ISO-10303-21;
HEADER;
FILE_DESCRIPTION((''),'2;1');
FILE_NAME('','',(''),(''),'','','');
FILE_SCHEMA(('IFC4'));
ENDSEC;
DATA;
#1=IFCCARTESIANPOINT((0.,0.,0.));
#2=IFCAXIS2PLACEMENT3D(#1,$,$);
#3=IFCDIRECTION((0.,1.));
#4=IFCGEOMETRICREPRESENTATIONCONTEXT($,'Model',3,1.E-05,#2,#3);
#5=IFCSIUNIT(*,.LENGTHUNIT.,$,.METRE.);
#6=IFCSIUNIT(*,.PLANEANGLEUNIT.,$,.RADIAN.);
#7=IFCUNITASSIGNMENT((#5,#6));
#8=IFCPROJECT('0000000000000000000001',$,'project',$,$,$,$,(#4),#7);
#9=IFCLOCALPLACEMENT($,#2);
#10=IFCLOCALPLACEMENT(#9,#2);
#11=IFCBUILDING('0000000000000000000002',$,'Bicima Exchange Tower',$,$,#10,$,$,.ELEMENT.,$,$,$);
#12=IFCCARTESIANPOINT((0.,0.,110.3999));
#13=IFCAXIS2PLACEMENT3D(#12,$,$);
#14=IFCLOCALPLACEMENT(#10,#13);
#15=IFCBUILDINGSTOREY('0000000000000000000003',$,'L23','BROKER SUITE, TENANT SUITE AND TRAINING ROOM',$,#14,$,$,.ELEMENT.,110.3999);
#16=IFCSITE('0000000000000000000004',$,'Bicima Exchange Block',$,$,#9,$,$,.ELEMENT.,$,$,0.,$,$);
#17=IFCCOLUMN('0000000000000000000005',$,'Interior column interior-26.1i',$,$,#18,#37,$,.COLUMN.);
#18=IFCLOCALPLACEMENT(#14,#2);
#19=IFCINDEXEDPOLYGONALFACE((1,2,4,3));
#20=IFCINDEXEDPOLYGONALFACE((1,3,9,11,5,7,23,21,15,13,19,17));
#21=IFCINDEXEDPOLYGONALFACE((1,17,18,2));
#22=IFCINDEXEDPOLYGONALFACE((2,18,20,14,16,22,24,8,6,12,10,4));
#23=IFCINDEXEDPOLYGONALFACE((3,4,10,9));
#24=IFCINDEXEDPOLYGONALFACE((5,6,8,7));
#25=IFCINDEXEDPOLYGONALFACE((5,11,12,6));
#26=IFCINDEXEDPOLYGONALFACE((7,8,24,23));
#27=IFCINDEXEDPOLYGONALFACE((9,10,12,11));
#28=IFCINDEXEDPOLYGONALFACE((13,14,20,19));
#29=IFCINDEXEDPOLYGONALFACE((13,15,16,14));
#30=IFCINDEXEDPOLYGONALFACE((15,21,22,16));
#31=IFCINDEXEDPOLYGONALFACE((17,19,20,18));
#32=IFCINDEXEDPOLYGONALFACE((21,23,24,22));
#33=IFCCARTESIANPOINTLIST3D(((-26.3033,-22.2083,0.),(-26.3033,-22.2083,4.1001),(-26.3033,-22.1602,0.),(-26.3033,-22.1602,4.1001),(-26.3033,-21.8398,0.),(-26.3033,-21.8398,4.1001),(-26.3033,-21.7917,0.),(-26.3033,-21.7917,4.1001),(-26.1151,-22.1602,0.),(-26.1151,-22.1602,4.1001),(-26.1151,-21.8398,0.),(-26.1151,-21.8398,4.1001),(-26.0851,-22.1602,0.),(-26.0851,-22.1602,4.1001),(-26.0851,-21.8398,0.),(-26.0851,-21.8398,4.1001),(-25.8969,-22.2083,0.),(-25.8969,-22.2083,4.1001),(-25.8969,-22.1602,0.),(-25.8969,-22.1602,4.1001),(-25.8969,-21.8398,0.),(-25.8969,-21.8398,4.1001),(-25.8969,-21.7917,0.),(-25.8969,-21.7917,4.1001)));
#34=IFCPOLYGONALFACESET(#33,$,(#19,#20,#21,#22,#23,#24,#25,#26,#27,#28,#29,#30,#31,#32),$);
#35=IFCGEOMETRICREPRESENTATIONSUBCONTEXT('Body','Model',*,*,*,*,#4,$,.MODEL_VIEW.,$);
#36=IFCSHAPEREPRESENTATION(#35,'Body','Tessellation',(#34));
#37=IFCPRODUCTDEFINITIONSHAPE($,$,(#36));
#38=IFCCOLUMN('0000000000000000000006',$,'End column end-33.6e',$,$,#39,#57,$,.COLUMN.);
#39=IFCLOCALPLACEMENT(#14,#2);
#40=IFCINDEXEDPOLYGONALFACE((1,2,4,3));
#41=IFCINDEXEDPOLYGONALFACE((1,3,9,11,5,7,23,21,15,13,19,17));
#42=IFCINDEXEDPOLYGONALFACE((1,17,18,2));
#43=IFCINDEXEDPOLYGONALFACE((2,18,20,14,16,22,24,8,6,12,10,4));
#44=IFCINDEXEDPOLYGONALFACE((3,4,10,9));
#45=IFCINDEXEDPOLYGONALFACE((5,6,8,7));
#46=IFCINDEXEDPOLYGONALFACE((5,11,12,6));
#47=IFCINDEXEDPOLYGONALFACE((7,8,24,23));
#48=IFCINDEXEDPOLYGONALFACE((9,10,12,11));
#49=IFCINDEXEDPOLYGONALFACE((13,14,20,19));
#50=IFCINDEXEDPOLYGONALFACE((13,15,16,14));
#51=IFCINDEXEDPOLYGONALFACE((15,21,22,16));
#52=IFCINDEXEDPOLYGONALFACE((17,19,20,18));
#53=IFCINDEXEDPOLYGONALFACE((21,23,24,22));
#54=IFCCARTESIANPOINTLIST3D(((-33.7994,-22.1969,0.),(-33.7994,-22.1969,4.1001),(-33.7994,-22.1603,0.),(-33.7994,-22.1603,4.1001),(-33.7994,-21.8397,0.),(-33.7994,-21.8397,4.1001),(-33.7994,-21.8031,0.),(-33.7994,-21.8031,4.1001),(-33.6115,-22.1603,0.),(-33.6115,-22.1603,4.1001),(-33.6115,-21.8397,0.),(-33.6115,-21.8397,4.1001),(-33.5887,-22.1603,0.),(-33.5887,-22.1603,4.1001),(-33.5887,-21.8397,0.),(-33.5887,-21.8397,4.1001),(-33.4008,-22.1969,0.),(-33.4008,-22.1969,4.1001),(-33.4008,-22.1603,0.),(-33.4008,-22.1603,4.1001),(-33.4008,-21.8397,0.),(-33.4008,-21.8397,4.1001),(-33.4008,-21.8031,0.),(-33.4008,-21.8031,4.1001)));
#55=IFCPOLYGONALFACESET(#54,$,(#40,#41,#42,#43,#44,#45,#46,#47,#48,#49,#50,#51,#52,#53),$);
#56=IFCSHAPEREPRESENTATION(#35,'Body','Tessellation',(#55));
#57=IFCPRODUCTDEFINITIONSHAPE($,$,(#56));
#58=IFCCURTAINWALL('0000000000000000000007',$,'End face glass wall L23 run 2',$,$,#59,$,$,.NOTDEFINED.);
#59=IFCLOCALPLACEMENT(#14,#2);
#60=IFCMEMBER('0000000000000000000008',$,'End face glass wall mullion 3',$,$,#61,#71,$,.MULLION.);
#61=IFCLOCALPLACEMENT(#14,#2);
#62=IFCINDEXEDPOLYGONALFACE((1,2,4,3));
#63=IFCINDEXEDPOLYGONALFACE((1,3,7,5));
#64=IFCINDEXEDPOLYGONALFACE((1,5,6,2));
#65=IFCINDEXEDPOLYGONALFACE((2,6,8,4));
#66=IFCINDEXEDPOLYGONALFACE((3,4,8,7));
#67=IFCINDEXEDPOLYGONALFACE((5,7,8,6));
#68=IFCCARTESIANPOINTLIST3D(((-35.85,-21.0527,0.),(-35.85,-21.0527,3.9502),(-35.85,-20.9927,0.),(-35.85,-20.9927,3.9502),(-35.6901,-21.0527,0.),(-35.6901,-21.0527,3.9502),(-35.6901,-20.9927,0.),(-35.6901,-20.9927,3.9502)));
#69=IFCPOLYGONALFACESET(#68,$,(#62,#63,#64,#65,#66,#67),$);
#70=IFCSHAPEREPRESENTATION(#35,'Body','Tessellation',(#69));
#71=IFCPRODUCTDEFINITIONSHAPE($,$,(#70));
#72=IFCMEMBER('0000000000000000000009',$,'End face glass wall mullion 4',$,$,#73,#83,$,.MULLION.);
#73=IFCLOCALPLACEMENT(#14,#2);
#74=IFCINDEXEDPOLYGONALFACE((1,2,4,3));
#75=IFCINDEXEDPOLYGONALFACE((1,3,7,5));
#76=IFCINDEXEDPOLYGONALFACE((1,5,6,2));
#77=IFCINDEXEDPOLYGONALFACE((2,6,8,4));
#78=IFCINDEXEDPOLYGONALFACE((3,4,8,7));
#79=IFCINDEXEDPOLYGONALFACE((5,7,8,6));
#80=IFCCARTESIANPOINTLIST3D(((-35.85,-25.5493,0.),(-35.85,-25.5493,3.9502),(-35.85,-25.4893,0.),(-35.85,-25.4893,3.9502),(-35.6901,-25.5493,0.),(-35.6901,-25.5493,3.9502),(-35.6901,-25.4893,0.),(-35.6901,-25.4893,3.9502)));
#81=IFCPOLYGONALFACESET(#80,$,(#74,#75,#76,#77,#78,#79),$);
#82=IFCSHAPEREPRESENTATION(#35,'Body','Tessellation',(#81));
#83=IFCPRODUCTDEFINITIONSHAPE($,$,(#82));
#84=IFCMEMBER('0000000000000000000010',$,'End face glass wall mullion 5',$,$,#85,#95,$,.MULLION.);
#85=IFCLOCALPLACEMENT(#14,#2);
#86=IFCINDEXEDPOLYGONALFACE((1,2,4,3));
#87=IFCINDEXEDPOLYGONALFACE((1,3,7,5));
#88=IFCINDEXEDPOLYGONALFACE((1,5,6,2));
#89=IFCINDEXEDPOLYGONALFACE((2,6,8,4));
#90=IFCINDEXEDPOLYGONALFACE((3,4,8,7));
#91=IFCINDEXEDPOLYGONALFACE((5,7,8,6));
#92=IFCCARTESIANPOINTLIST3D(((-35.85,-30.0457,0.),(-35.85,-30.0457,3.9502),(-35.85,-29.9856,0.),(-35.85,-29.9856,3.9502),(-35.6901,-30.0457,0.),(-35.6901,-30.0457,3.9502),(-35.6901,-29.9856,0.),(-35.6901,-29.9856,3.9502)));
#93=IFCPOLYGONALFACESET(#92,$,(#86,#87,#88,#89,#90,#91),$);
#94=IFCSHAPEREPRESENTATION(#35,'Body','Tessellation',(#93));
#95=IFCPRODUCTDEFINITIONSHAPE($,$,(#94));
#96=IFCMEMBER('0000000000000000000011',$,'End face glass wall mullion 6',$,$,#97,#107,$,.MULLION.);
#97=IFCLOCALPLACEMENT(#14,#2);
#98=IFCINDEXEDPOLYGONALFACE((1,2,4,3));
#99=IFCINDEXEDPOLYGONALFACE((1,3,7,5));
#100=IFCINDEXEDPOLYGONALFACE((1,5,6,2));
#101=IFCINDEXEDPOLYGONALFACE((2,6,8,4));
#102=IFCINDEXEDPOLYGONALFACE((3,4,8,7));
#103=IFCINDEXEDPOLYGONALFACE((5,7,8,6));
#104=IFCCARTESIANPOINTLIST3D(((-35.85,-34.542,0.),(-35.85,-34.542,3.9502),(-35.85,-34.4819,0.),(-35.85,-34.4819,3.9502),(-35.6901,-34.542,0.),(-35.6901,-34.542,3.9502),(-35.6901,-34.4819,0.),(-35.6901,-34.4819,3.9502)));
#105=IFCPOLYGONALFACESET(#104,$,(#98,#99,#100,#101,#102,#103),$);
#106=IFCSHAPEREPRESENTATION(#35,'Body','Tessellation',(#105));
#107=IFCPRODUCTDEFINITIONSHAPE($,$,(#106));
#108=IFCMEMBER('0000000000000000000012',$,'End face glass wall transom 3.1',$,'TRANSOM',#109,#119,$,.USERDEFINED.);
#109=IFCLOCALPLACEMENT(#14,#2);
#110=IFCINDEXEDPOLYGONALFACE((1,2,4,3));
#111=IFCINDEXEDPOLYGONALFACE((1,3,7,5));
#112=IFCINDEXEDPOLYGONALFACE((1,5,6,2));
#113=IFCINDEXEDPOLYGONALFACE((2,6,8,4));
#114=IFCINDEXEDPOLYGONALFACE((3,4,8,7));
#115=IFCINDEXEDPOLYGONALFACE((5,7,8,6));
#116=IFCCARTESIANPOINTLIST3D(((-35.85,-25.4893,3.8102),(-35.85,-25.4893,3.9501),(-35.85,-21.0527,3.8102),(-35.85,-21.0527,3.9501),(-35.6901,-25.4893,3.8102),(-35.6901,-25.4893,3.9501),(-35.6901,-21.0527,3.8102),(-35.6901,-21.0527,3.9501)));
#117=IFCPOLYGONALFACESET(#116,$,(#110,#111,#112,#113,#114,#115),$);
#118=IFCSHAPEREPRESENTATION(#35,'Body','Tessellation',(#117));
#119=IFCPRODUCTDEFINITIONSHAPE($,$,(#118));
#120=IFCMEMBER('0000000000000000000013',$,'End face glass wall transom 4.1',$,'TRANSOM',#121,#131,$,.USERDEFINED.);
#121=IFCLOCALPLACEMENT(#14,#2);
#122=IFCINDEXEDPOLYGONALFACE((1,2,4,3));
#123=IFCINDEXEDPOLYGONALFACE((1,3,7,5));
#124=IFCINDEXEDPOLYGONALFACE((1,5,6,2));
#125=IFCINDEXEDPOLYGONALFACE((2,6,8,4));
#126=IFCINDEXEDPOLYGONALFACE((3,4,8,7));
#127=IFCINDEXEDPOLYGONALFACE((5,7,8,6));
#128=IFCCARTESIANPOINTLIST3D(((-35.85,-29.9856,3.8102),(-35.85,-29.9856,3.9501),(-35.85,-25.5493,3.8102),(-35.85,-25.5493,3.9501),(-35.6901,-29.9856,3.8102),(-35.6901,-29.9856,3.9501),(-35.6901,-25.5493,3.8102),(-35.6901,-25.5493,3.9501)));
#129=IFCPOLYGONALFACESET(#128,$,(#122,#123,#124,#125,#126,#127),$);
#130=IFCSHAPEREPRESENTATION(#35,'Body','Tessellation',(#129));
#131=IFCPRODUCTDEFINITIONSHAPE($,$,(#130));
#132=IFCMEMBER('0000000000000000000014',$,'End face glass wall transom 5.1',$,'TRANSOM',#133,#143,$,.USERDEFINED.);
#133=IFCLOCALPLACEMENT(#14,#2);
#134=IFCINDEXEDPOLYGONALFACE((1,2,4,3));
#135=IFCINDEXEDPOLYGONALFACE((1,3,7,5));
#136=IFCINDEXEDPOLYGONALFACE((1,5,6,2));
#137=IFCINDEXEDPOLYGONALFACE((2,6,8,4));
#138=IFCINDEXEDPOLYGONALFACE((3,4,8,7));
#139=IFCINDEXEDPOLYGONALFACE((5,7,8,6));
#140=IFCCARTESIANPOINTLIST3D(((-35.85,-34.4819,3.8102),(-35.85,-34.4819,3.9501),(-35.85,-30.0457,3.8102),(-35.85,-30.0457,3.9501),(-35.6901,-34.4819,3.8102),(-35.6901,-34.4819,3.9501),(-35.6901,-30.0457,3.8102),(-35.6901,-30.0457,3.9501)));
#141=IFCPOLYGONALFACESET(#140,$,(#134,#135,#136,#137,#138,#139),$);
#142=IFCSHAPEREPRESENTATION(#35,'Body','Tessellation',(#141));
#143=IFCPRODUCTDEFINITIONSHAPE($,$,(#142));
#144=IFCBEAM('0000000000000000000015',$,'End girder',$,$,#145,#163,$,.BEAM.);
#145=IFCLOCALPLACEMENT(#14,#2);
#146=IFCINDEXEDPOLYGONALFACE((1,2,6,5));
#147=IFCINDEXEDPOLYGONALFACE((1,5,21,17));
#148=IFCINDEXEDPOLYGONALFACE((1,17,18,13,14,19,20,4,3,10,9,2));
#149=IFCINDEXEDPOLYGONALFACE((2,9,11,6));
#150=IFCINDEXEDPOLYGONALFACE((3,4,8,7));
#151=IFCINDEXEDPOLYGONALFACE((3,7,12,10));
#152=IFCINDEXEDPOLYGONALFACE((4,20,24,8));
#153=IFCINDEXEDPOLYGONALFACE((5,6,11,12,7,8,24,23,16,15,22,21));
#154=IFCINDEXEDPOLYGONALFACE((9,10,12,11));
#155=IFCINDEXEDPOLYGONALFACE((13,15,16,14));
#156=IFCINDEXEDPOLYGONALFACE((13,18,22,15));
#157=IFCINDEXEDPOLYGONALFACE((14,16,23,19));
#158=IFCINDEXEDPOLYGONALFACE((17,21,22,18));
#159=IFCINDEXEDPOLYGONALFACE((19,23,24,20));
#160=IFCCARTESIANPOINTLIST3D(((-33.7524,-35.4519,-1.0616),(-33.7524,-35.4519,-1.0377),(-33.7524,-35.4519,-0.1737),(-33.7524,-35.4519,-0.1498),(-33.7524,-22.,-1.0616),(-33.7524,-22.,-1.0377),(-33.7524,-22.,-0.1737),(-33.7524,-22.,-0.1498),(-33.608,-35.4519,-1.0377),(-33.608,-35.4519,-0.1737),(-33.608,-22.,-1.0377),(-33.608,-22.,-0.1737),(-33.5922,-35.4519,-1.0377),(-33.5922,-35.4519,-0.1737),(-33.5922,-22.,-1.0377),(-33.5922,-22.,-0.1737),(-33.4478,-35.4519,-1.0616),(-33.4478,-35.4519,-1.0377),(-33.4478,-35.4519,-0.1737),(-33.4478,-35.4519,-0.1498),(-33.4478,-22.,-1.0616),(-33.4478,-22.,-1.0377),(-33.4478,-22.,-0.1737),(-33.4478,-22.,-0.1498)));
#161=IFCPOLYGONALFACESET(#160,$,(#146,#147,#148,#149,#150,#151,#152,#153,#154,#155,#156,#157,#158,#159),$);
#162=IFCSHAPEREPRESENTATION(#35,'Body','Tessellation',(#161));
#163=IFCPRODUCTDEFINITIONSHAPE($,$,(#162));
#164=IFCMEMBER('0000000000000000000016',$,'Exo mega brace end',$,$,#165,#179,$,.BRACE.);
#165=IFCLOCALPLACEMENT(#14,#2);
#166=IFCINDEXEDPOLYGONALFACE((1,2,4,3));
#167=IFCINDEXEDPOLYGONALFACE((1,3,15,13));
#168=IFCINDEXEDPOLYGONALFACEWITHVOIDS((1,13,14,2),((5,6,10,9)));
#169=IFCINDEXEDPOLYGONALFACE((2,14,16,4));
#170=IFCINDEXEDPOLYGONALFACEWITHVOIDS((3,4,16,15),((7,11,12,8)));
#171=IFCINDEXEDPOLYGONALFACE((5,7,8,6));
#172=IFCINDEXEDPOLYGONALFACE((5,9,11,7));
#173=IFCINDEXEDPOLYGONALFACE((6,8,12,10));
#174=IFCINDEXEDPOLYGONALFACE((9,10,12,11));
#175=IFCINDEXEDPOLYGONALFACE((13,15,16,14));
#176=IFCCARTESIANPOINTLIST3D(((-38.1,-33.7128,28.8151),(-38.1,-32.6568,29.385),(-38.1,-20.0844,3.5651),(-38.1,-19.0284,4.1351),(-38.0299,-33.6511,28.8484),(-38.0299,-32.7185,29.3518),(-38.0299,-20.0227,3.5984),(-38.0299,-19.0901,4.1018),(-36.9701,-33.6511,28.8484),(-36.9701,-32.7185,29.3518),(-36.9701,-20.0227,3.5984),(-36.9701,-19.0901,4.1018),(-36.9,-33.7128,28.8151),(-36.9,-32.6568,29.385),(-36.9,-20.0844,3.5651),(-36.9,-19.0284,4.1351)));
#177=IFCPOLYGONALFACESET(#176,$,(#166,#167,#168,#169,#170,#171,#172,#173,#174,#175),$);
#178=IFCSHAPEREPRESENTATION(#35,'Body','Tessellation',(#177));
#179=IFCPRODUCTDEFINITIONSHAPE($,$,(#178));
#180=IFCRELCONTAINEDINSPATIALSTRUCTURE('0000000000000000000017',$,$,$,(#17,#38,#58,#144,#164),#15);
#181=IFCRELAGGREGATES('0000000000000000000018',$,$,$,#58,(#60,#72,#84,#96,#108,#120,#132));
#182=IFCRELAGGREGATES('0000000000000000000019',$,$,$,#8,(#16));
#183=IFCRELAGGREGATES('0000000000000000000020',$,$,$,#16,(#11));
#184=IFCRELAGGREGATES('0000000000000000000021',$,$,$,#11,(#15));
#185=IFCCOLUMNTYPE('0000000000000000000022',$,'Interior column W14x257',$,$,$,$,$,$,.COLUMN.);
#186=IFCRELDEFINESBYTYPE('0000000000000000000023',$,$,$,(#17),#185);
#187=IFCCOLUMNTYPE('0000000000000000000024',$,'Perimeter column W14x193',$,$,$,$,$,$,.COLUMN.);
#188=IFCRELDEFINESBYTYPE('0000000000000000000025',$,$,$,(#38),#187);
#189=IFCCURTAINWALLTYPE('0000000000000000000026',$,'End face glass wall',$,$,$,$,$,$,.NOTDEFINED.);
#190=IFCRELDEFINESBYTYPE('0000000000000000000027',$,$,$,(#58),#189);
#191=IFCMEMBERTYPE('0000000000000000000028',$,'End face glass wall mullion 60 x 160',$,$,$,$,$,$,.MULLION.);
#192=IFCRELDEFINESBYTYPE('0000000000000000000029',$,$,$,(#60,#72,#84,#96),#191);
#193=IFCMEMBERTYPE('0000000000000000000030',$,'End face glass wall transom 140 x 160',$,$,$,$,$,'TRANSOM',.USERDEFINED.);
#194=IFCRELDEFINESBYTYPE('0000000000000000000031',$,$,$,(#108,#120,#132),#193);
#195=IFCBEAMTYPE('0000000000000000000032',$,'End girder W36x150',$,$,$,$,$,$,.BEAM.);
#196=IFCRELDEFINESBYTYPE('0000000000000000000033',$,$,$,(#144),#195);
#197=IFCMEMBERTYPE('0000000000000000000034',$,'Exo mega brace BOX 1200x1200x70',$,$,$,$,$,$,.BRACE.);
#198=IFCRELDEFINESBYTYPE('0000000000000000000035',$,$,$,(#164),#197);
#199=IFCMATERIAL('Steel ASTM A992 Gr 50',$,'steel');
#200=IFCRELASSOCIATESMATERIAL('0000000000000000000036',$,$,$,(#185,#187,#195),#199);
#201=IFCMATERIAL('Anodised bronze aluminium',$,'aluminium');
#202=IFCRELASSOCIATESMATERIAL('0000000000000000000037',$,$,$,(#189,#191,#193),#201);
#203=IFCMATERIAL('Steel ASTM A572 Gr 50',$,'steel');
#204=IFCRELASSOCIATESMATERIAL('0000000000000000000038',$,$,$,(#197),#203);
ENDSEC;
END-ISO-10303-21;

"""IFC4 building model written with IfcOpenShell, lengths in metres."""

from ifc_helpers import new_model, si_unit, direction, frame, origin, origin_2d, place, context, subcontext, project, spatial, rectangle, hollow_rectangle, i_section, extrude, material, material_profile, profile_set, type_object, element, aggregate, save


model = new_model("IFC4")

# Units and contexts
model_context = context("Model", 3, precision=1e-05, world=origin(), true_north=direction((0.0, 1.0)))
body_context = subcontext(model_context, "Body", "Model", "MODEL_VIEW")
ifc_project = project(units=[si_unit("LENGTHUNIT", "METRE"), si_unit("PLANEANGLEUNIT", "RADIAN")], contexts=[model_context])

# Site, building, storey
site_placement = place(None, origin())
site = spatial("IfcSite", under=ifc_project, at=site_placement, Name="Bicima Exchange Block", CompositionType="ELEMENT", RefElevation=0.0)
building_placement = place(site_placement, origin())
building = spatial("IfcBuilding", under=site, at=building_placement, Name="Bicima Exchange Tower", CompositionType="ELEMENT")
storey_placement = place(building_placement, frame((0.0, 0.0, 110.3999)))
storey = spatial("IfcBuildingStorey", under=building, at=storey_placement, Name="L23", Description="BROKER SUITE, TENANT SUITE AND TRAINING ROOM", CompositionType="ELEMENT", Elevation=110.3999)

# Columns
ifc_material_1 = material(Name="Steel ASTM A992 Gr 50", Category="steel")
ifc_material_profile_1 = material_profile(ifc_material_1, i_section(OverallWidth=0.4065, OverallDepth=0.4165, WebThickness=0.03, FlangeThickness=0.0481, at=origin_2d()))
ifc_profile_set_1 = profile_set([ifc_material_profile_1], Name="Steel ASTM A992 Gr 50")
column_type_1 = type_object("IfcColumnType", Name="Interior column W14x257", PredefinedType="COLUMN", material=ifc_profile_set_1)
column_1_placement = place(storey_placement, frame((-26.1001, -22.0, 0.0), z_axis=(0.0, 0.0, 1.0), x_axis=(1.0, 0.0, 0.0)))
element("IfcColumn", 1, at=column_1_placement, inside=storey, type_object=column_type_1, Name="Interior column interior-26.1i", PredefinedType="COLUMN", context=body_context, shape_type="SweptSolid", body=[
    extrude(i_section(OverallWidth=0.4065, OverallDepth=0.4165, WebThickness=0.03, FlangeThickness=0.0481, at=origin_2d()), origin(), (0.0, 0.0, 1.0), 4.1001),
])
ifc_material_profile_2 = material_profile(ifc_material_1, i_section(OverallWidth=0.3987, OverallDepth=0.3938, WebThickness=0.0227, FlangeThickness=0.0366, at=origin_2d()))
ifc_profile_set_2 = profile_set([ifc_material_profile_2], Name="Steel ASTM A992 Gr 50")
column_type_2 = type_object("IfcColumnType", Name="Perimeter column W14x193", PredefinedType="COLUMN", material=ifc_profile_set_2)
column_2_placement = place(storey_placement, frame((-33.6001, -22.0, 0.0), z_axis=(0.0, 0.0, 1.0), x_axis=(1.0, 0.0, 0.0)))
element("IfcColumn", 2, at=column_2_placement, inside=storey, type_object=column_type_2, Name="End column end-33.6e", PredefinedType="COLUMN", context=body_context, shape_type="SweptSolid", body=[
    extrude(i_section(OverallWidth=0.3987, OverallDepth=0.3938, WebThickness=0.0227, FlangeThickness=0.0366, at=origin_2d()), origin(), (0.0, 0.0, 1.0), 4.1001),
])

# Curtain wall, members
ifc_material_2 = material(Name="Anodised bronze aluminium", Category="aluminium")
curtain_wall_type_1 = type_object("IfcCurtainWallType", Name="End face glass wall", PredefinedType="NOTDEFINED", material=ifc_material_2)
curtain_wall_1_placement = place(storey_placement, origin())
curtain_wall_1 = element("IfcCurtainWall", 3, at=curtain_wall_1_placement, inside=storey, type_object=curtain_wall_type_1, Name="End face glass wall L23 run 2", PredefinedType="NOTDEFINED")
ifc_material_profile_3 = material_profile(ifc_material_2, rectangle(XDim=0.1599, YDim=0.0601, at=origin_2d()))
ifc_profile_set_3 = profile_set([ifc_material_profile_3], Name="Anodised bronze aluminium")
member_type_1 = type_object("IfcMemberType", Name="End face glass wall mullion 60 x 160", PredefinedType="MULLION", material=ifc_profile_set_3)
member_1_placement = place(storey_placement, frame((-35.77, -21.0227, 0.0), z_axis=(0.0, 0.0, 1.0), x_axis=(1.0, 0.0, 0.0)))
member_1 = element("IfcMember", 4, at=member_1_placement, type_object=member_type_1, Name="End face glass wall mullion 3", PredefinedType="MULLION", context=body_context, shape_type="SweptSolid", body=[
    extrude(rectangle(XDim=0.1599, YDim=0.0601, at=origin_2d()), origin(), (0.0, 0.0, 1.0), 3.9502),
])
member_2_placement = place(storey_placement, frame((-35.77, -25.5193, 0.0), z_axis=(0.0, 0.0, 1.0), x_axis=(1.0, 0.0, 0.0)))
member_2 = element("IfcMember", 5, at=member_2_placement, type_object=member_type_1, Name="End face glass wall mullion 4", PredefinedType="MULLION", context=body_context, shape_type="SweptSolid", body=[
    extrude(rectangle(XDim=0.1599, YDim=0.0601, at=origin_2d()), origin(), (0.0, 0.0, 1.0), 3.9502),
])
member_3_placement = place(storey_placement, frame((-35.77, -30.0156, 0.0), z_axis=(0.0, 0.0, 1.0), x_axis=(1.0, 0.0, 0.0)))
member_3 = element("IfcMember", 6, at=member_3_placement, type_object=member_type_1, Name="End face glass wall mullion 5", PredefinedType="MULLION", context=body_context, shape_type="SweptSolid", body=[
    extrude(rectangle(XDim=0.1599, YDim=0.0601, at=origin_2d()), origin(), (0.0, 0.0, 1.0), 3.9502),
])
member_4_placement = place(storey_placement, frame((-35.77, -34.512, 0.0), z_axis=(0.0, 0.0, 1.0), x_axis=(1.0, 0.0, 0.0)))
member_4 = element("IfcMember", 7, at=member_4_placement, type_object=member_type_1, Name="End face glass wall mullion 6", PredefinedType="MULLION", context=body_context, shape_type="SweptSolid", body=[
    extrude(rectangle(XDim=0.1599, YDim=0.0601, at=origin_2d()), origin(), (0.0, 0.0, 1.0), 3.9502),
])
ifc_material_profile_4 = material_profile(ifc_material_2, rectangle(XDim=0.1599, YDim=0.1399, at=origin_2d()))
ifc_profile_set_4 = profile_set([ifc_material_profile_4], Name="Anodised bronze aluminium")
member_type_2 = type_object("IfcMemberType", Name="End face glass wall transom 140 x 160", ElementType="TRANSOM", PredefinedType="USERDEFINED", material=ifc_profile_set_4)
member_5_placement = place(storey_placement, frame((-35.77, -21.0527, 3.8801), z_axis=(0.0, -1.0, 0.0), x_axis=(1.0, 0.0, 0.0)))
member_5 = element("IfcMember", 8, at=member_5_placement, type_object=member_type_2, Name="End face glass wall transom 3.1", ObjectType="TRANSOM", PredefinedType="USERDEFINED", context=body_context, shape_type="SweptSolid", body=[
    extrude(rectangle(XDim=0.1599, YDim=0.1399, at=origin_2d()), origin(), (0.0, 0.0, 1.0), 4.4365),
])
member_6_placement = place(storey_placement, frame((-35.77, -25.5493, 3.8801), z_axis=(0.0, -1.0, 0.0), x_axis=(1.0, 0.0, 0.0)))
member_6 = element("IfcMember", 9, at=member_6_placement, type_object=member_type_2, Name="End face glass wall transom 4.1", ObjectType="TRANSOM", PredefinedType="USERDEFINED", context=body_context, shape_type="SweptSolid", body=[
    extrude(rectangle(XDim=0.1599, YDim=0.1399, at=origin_2d()), origin(), (0.0, 0.0, 1.0), 4.4363),
])
member_7_placement = place(storey_placement, frame((-35.77, -30.0457, 3.8801), z_axis=(0.0, -1.0, 0.0), x_axis=(1.0, 0.0, 0.0)))
member_7 = element("IfcMember", 10, at=member_7_placement, type_object=member_type_2, Name="End face glass wall transom 5.1", ObjectType="TRANSOM", PredefinedType="USERDEFINED", context=body_context, shape_type="SweptSolid", body=[
    extrude(rectangle(XDim=0.1599, YDim=0.1399, at=origin_2d()), origin(), (0.0, 0.0, 1.0), 4.4363),
])

# Beam
ifc_material_profile_5 = material_profile(ifc_material_1, i_section(OverallWidth=0.3047, OverallDepth=0.9119, WebThickness=0.0159, FlangeThickness=0.0239, at=origin_2d()))
ifc_profile_set_5 = profile_set([ifc_material_profile_5], Name="Steel ASTM A992 Gr 50")
beam_type_1 = type_object("IfcBeamType", Name="End girder W36x150", PredefinedType="BEAM", material=ifc_profile_set_5)
beam_1_placement = place(storey_placement, frame((-33.6001, -22.0, -0.6057), z_axis=(0.0, -1.0, 0.0), x_axis=(1.0, 0.0, 0.0)))
element("IfcBeam", 11, at=beam_1_placement, inside=storey, type_object=beam_type_1, Name="End girder", PredefinedType="BEAM", context=body_context, shape_type="SweptSolid", body=[
    extrude(i_section(OverallWidth=0.3047, OverallDepth=0.9119, WebThickness=0.0159, FlangeThickness=0.0239, at=origin_2d()), origin(), (0.0, 0.0, 1.0), 13.4519),
])

# Member
ifc_material_3 = material(Name="Steel ASTM A572 Gr 50", Category="steel")
ifc_material_profile_6 = material_profile(ifc_material_3, hollow_rectangle(XDim=1.2, YDim=1.2, WallThickness=0.0701, at=origin_2d()))
ifc_profile_set_6 = profile_set([ifc_material_profile_6], Name="Steel ASTM A572 Gr 50")
member_type_3 = type_object("IfcMemberType", Name="Exo mega brace BOX 1200x1200x70", PredefinedType="BRACE", material=ifc_profile_set_6)
member_8_placement = place(storey_placement, frame((-37.5, -19.5564, 3.8501), z_axis=(0.0, -0.474971, 0.880001), x_axis=(1.0, 0.0, 0.0)))
element("IfcMember", 12, at=member_8_placement, inside=storey, type_object=member_type_3, Name="Exo mega brace end", PredefinedType="BRACE", context=body_context, shape_type="SweptSolid", body=[
    extrude(hollow_rectangle(XDim=1.2, YDim=1.2, WallThickness=0.0701, at=origin_2d()), origin(), (0.0, 0.0, 1.0), 28.6931),
])

aggregate(curtain_wall_1, [member_1, member_2, member_3, member_4, member_5, member_6, member_7])

save(model, "model.ifc")
